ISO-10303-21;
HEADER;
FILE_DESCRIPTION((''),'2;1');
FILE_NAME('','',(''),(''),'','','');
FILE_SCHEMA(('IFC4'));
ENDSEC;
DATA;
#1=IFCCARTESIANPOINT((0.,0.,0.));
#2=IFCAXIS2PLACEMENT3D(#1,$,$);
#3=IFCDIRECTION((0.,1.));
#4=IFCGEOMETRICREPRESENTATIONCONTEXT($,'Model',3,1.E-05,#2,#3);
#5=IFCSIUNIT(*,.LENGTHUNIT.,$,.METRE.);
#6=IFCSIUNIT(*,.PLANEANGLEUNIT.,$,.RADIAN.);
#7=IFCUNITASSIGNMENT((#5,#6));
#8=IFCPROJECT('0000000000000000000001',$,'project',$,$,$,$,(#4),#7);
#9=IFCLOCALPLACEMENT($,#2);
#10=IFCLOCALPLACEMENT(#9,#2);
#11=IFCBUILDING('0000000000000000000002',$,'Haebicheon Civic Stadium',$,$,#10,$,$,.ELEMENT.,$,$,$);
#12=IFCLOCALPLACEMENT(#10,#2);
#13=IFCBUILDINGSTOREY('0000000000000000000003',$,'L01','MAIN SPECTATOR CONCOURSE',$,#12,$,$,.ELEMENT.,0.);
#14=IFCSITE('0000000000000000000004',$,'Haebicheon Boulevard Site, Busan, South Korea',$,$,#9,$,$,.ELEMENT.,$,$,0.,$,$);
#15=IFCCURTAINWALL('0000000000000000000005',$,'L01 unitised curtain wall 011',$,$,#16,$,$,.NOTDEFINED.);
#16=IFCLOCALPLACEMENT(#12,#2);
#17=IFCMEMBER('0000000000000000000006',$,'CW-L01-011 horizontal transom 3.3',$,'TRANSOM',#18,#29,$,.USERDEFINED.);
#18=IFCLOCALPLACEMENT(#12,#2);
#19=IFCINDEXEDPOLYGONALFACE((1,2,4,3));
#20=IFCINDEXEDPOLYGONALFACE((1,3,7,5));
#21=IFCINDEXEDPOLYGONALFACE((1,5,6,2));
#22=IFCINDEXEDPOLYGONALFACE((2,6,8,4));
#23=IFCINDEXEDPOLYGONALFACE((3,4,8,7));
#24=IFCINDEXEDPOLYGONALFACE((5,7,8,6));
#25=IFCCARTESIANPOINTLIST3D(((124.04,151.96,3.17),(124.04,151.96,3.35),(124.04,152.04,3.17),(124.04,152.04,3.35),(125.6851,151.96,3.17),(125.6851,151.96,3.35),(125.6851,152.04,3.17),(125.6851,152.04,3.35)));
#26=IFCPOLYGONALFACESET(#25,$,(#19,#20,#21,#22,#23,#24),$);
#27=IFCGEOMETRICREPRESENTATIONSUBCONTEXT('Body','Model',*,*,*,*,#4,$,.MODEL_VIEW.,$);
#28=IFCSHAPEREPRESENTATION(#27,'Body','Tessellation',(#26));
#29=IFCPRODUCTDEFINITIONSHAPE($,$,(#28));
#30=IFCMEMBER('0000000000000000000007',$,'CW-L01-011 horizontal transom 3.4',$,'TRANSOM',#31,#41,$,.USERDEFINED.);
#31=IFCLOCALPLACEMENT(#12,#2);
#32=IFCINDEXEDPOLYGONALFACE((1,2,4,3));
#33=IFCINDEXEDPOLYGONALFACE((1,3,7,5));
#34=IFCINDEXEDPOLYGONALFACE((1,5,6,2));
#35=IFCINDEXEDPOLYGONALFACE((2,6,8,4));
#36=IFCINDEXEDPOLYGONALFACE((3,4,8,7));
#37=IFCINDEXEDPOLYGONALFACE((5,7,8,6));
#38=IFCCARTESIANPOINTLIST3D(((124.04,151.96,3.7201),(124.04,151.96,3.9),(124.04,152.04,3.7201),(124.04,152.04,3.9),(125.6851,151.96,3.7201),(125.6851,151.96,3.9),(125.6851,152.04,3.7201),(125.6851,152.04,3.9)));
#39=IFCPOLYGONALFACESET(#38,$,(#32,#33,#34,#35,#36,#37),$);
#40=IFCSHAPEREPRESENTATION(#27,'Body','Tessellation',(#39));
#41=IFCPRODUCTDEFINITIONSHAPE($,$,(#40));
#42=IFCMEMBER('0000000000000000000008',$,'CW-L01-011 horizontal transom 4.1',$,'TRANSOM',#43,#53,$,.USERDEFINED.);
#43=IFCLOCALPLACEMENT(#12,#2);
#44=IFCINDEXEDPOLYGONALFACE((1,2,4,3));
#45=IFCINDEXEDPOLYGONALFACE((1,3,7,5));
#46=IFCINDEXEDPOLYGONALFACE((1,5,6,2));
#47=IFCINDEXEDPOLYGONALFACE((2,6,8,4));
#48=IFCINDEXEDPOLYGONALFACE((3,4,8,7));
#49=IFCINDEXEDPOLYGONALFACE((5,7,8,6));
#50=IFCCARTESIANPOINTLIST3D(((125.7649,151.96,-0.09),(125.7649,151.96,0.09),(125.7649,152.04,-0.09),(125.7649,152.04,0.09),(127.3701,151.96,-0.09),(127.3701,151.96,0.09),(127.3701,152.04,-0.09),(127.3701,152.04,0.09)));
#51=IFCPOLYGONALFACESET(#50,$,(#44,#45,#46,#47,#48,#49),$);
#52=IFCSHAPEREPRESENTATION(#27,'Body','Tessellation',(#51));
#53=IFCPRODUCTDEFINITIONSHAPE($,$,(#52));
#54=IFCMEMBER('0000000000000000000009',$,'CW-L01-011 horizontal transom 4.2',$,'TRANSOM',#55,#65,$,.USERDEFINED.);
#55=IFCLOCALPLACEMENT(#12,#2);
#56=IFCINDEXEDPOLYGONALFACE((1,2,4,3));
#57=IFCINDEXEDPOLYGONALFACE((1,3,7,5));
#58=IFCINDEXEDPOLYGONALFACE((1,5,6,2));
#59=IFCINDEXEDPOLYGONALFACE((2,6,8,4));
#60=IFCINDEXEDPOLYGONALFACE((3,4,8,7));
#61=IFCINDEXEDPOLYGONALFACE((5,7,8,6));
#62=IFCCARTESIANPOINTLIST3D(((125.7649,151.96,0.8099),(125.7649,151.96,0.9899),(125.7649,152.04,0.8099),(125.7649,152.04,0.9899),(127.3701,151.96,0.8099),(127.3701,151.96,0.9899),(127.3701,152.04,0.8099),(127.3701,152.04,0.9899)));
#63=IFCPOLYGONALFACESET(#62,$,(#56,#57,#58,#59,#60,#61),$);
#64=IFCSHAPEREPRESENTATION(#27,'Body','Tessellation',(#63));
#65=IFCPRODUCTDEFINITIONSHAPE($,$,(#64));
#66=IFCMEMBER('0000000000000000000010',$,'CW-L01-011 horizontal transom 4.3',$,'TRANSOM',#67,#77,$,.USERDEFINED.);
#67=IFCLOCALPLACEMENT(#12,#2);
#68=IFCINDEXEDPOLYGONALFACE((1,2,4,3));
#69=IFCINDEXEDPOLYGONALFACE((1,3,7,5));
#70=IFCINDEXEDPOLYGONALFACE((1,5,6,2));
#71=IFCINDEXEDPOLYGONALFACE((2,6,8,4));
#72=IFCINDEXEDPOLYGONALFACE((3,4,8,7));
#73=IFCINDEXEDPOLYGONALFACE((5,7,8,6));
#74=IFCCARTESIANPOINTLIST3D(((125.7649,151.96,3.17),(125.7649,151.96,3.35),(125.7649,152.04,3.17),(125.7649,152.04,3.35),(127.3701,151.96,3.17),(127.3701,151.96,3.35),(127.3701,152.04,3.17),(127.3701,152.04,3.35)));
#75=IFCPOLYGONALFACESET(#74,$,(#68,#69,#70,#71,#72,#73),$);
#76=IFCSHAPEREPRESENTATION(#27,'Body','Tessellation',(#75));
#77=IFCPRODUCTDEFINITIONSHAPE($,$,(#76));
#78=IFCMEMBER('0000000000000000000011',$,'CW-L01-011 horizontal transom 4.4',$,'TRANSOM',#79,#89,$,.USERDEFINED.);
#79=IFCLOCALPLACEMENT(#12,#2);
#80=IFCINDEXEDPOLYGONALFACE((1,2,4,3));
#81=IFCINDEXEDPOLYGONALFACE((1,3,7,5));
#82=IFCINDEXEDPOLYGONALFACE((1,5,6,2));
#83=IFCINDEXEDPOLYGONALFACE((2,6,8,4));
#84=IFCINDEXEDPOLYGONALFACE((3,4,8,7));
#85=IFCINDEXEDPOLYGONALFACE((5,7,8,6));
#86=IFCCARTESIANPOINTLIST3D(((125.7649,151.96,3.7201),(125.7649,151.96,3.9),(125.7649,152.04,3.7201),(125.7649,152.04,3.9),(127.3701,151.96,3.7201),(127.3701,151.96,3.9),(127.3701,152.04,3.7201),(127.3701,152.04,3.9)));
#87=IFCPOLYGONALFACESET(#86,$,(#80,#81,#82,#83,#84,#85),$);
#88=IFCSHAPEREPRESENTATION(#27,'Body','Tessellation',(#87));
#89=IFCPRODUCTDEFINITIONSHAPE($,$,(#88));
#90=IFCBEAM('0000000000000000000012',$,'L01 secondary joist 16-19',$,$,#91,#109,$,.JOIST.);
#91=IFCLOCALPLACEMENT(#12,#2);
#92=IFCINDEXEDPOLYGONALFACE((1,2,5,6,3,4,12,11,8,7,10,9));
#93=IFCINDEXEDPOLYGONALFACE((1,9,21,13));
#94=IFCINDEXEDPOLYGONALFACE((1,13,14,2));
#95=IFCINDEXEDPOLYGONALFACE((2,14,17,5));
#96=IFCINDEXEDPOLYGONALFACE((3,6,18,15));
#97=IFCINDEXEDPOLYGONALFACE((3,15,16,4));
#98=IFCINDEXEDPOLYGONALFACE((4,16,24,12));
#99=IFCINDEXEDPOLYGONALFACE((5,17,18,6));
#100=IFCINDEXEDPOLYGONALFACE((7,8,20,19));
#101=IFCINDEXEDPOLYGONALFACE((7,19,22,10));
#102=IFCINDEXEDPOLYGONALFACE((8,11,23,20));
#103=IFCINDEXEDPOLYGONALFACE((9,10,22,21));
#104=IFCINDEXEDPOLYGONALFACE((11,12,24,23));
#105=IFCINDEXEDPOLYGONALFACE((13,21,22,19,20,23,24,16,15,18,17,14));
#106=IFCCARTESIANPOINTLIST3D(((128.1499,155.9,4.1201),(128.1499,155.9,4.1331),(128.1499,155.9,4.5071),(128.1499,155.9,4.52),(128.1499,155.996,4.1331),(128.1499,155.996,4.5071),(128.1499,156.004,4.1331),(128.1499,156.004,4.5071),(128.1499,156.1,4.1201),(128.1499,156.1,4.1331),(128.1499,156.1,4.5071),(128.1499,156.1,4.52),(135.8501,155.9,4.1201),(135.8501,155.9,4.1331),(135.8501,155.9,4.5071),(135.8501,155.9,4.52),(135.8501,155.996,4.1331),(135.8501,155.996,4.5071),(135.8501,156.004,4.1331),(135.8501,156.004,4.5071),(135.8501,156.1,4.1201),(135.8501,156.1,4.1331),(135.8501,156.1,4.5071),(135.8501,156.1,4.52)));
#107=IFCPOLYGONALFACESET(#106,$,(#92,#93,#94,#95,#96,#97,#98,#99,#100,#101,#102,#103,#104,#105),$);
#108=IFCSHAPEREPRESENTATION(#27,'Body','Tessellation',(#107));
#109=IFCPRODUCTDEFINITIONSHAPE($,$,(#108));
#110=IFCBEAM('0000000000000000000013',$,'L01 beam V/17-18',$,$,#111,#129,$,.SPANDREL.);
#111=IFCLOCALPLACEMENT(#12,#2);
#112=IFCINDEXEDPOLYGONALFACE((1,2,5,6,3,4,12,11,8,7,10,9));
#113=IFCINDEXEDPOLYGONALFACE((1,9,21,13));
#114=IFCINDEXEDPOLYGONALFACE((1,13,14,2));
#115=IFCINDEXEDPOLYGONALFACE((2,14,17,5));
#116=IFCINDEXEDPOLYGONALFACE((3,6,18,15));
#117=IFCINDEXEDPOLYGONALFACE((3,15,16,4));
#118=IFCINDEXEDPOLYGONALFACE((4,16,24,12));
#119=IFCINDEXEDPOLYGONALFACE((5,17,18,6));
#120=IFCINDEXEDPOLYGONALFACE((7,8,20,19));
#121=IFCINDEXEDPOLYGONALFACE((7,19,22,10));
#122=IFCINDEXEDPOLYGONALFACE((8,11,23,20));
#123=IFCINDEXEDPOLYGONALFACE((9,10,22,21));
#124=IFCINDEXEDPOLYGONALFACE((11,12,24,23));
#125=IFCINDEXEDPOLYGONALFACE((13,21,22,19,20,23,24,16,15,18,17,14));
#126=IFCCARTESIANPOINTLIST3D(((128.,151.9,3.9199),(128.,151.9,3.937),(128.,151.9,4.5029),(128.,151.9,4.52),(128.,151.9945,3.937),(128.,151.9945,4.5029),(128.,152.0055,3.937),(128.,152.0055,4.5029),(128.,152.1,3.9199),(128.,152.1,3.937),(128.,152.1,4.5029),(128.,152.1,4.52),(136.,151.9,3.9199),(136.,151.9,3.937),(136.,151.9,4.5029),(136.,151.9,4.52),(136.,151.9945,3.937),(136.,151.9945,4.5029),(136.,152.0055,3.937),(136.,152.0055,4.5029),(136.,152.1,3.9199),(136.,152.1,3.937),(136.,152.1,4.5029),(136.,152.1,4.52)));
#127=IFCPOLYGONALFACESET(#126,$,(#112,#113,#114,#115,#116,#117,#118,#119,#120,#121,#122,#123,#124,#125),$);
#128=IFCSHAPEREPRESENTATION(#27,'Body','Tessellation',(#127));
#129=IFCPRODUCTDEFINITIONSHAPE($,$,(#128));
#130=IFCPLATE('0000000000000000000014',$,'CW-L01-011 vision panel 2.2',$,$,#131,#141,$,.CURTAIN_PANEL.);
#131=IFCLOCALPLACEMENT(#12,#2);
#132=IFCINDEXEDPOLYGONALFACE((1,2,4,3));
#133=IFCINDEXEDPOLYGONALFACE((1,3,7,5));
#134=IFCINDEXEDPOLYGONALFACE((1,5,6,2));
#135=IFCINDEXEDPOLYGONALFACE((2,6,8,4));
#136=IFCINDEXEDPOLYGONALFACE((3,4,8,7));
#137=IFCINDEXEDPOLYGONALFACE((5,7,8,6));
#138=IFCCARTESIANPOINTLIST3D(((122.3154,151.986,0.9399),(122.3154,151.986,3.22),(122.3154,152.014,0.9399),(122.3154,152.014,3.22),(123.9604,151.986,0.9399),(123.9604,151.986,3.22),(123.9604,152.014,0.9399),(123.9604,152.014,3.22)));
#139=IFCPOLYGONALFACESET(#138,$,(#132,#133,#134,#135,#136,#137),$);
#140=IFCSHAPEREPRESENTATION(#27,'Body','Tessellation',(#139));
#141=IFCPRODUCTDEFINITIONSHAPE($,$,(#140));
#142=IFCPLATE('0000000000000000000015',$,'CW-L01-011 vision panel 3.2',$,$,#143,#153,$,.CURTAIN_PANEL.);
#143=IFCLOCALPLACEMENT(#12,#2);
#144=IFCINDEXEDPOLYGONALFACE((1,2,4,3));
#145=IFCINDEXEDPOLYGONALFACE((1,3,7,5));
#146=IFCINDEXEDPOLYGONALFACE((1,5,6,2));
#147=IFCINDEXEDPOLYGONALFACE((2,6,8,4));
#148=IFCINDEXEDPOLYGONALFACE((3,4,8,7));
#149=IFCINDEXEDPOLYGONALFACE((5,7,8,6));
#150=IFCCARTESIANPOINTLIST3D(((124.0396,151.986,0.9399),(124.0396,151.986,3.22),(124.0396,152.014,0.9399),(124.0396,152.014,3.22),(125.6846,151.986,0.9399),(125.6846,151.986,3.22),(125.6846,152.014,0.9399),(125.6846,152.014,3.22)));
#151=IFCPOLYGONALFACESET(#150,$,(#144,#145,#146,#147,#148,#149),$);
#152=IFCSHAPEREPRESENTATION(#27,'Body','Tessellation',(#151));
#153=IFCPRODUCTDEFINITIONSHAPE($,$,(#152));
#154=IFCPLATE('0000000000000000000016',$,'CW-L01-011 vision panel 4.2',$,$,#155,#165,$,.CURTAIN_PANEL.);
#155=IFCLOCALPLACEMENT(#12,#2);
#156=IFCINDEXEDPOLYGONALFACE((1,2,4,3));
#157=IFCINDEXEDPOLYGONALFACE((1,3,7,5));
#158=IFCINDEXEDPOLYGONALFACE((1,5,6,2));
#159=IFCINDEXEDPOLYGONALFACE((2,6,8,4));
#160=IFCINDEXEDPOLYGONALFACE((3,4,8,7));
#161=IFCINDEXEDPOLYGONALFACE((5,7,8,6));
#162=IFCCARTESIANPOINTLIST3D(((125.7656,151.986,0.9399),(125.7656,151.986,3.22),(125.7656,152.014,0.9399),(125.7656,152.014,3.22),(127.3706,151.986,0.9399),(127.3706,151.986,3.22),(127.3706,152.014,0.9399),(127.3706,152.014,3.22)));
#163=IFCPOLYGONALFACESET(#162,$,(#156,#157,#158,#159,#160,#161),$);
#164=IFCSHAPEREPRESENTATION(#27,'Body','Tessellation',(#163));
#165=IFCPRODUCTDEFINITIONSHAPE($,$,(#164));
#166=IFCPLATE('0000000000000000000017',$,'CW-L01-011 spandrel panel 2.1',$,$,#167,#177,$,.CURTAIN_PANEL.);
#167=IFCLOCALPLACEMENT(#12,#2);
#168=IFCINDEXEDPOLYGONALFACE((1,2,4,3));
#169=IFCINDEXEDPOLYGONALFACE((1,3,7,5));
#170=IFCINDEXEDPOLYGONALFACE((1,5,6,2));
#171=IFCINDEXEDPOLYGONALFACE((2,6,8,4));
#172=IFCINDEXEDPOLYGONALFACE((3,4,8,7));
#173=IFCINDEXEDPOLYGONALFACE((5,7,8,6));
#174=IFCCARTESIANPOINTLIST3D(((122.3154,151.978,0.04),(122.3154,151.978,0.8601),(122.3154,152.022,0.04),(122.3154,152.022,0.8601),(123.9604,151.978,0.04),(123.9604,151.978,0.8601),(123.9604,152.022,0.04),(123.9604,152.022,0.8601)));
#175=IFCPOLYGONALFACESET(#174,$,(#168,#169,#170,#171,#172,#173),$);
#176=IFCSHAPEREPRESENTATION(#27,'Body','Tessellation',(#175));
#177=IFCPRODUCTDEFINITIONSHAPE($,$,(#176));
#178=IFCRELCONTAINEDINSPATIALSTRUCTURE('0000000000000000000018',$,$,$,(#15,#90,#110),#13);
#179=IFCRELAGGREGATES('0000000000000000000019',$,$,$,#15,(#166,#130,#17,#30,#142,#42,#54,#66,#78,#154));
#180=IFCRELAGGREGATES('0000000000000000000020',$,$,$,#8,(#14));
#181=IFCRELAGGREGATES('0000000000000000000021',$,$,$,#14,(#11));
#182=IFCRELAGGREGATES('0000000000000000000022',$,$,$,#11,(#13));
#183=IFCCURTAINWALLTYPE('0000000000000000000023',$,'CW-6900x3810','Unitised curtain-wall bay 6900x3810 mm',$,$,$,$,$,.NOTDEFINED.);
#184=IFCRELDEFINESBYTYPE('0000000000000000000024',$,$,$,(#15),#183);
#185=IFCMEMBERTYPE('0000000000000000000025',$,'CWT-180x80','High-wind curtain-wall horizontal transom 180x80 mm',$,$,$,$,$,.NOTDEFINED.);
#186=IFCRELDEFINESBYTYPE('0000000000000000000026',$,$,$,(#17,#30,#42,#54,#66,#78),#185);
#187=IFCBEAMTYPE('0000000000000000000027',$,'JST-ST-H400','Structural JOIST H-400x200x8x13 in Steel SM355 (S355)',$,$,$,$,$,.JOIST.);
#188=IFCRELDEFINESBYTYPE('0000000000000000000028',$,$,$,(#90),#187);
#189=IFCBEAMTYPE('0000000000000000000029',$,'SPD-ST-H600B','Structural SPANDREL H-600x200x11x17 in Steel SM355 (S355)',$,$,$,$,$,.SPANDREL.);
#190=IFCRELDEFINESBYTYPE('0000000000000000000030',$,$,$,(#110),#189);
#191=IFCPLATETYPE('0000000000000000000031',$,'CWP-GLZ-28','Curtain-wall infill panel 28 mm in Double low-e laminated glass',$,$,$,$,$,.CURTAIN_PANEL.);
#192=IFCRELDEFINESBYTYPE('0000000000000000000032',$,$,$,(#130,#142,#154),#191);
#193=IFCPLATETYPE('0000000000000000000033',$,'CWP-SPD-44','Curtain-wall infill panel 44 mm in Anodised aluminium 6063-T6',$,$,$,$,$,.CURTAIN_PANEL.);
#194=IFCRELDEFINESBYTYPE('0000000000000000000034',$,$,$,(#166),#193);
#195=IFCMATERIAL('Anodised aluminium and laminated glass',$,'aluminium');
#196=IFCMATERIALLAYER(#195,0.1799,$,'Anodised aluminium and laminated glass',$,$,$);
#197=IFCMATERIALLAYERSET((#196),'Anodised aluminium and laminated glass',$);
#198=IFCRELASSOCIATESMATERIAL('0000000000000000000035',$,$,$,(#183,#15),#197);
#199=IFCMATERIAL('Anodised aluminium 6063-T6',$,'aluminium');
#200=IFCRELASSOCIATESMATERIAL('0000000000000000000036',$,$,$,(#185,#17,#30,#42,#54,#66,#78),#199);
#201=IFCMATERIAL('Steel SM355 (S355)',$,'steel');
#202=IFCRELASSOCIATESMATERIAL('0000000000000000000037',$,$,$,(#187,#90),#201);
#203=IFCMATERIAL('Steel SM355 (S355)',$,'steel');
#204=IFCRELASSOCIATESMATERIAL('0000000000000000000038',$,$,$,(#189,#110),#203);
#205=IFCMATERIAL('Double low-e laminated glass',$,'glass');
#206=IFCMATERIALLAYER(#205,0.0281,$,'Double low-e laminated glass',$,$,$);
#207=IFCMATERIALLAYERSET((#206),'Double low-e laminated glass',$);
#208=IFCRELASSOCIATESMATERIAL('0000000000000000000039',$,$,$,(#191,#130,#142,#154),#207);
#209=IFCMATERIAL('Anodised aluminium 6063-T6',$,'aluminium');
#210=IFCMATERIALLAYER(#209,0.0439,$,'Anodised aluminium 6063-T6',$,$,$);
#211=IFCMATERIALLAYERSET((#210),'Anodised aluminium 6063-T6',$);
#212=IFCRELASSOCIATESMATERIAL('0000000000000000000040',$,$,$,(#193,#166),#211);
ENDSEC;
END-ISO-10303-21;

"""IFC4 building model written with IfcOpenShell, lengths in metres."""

from ifc_helpers import new_model, si_unit, direction, frame, origin, origin_2d, place, context, subcontext, project, spatial, rectangle, i_section, extrude, material, layer, layer_set, material_profile, profile_set, type_object, element, aggregate, save


model = new_model("IFC4")

# Units and contexts
model_context = context("Model", 3, precision=1e-05, world=origin(), true_north=direction((0.0, 1.0)))
body_context = subcontext(model_context, "Body", "Model", "MODEL_VIEW")
ifc_project = project(units=[si_unit("LENGTHUNIT", "METRE"), si_unit("PLANEANGLEUNIT", "RADIAN")], contexts=[model_context])

# Site, building, storey
site_placement = place(None, origin())
site = spatial("IfcSite", under=ifc_project, at=site_placement, Name="Haebicheon Boulevard Site, Busan, South Korea", CompositionType="ELEMENT", RefElevation=0.0)
building_placement = place(site_placement, origin())
building = spatial("IfcBuilding", under=site, at=building_placement, Name="Haebicheon Civic Stadium", CompositionType="ELEMENT")
storey_placement = place(building_placement, origin())
storey = spatial("IfcBuildingStorey", under=building, at=storey_placement, Name="L01", Description="MAIN SPECTATOR CONCOURSE", CompositionType="ELEMENT", Elevation=0.0)

# Curtain wall, members
ifc_material_1 = material(Name="Anodised aluminium and laminated glass", Category="aluminium")
ifc_layer_1 = layer(ifc_material_1, 0.1799, Name="Anodised aluminium and laminated glass")
ifc_layer_set_1 = layer_set([ifc_layer_1], Name="Anodised aluminium and laminated glass")
curtain_wall_type = type_object("IfcCurtainWallType", Name="CW-6900x3810", Description="Unitised curtain-wall bay 6900x3810 mm", PredefinedType="NOTDEFINED", material=ifc_layer_set_1)
curtain_wall_placement = place(storey_placement, origin())
curtain_wall = element("IfcCurtainWall", 1, at=curtain_wall_placement, inside=storey, type_object=curtain_wall_type, material=ifc_layer_set_1, Name="L01 unitised curtain wall 011", PredefinedType="NOTDEFINED")
ifc_material_2 = material(Name="Anodised aluminium 6063-T6", Category="aluminium")
ifc_material_profile_1 = material_profile(ifc_material_2, rectangle(XDim=0.0801, YDim=0.1799, at=origin_2d()), Name="ALU-TRAN-80x180")
ifc_profile_set_1 = profile_set([ifc_material_profile_1], Name="Anodised aluminium 6063-T6")
member_type_1 = type_object("IfcMemberType", Name="CWT-180x80", Description="High-wind curtain-wall horizontal transom 180x80 mm", PredefinedType="NOTDEFINED", material=ifc_profile_set_1)
member_1_placement = place(storey_placement, frame((124.04, 152.0, 3.26), z_axis=(1.0, 0.0, 0.0), x_axis=(0.0, 1.0, 0.0)))
member_1 = element("IfcMember", 2, at=member_1_placement, type_object=member_type_1, material=ifc_profile_set_1, Name="CW-L01-011 horizontal transom 3.3", ObjectType="TRANSOM", PredefinedType="USERDEFINED", context=body_context, shape_type="SweptSolid", body=[
    extrude(rectangle(XDim=0.0801, YDim=0.1799, at=origin_2d()), origin(), (0.0, 0.0, 1.0), 1.645),
])
member_2_placement = place(storey_placement, frame((124.04, 152.0, 3.8101), z_axis=(1.0, 0.0, 0.0), x_axis=(0.0, 1.0, 0.0)))
member_2 = element("IfcMember", 3, at=member_2_placement, type_object=member_type_1, material=ifc_profile_set_1, Name="CW-L01-011 horizontal transom 3.4", ObjectType="TRANSOM", PredefinedType="USERDEFINED", context=body_context, shape_type="SweptSolid", body=[
    extrude(rectangle(XDim=0.0801, YDim=0.1799, at=origin_2d()), origin(), (0.0, 0.0, 1.0), 1.645),
])
member_3_placement = place(storey_placement, frame((125.7649, 152.0, 0.0), z_axis=(1.0, 0.0, 0.0), x_axis=(0.0, 1.0, 0.0)))
member_3 = element("IfcMember", 4, at=member_3_placement, type_object=member_type_1, material=ifc_profile_set_1, Name="CW-L01-011 horizontal transom 4.1", ObjectType="TRANSOM", PredefinedType="USERDEFINED", context=body_context, shape_type="SweptSolid", body=[
    extrude(rectangle(XDim=0.0801, YDim=0.1799, at=origin_2d()), origin(), (0.0, 0.0, 1.0), 1.6052),
])
member_4_placement = place(storey_placement, frame((125.7649, 152.0, 0.8999), z_axis=(1.0, 0.0, 0.0), x_axis=(0.0, 1.0, 0.0)))
member_4 = element("IfcMember", 5, at=member_4_placement, type_object=member_type_1, material=ifc_profile_set_1, Name="CW-L01-011 horizontal transom 4.2", ObjectType="TRANSOM", PredefinedType="USERDEFINED", context=body_context, shape_type="SweptSolid", body=[
    extrude(rectangle(XDim=0.0801, YDim=0.1799, at=origin_2d()), origin(), (0.0, 0.0, 1.0), 1.6052),
])
member_5_placement = place(storey_placement, frame((125.7649, 152.0, 3.26), z_axis=(1.0, 0.0, 0.0), x_axis=(0.0, 1.0, 0.0)))
member_5 = element("IfcMember", 6, at=member_5_placement, type_object=member_type_1, material=ifc_profile_set_1, Name="CW-L01-011 horizontal transom 4.3", ObjectType="TRANSOM", PredefinedType="USERDEFINED", context=body_context, shape_type="SweptSolid", body=[
    extrude(rectangle(XDim=0.0801, YDim=0.1799, at=origin_2d()), origin(), (0.0, 0.0, 1.0), 1.6052),
])
member_6_placement = place(storey_placement, frame((125.7649, 152.0, 3.8101), z_axis=(1.0, 0.0, 0.0), x_axis=(0.0, 1.0, 0.0)))
member_6 = element("IfcMember", 7, at=member_6_placement, type_object=member_type_1, material=ifc_profile_set_1, Name="CW-L01-011 horizontal transom 4.4", ObjectType="TRANSOM", PredefinedType="USERDEFINED", context=body_context, shape_type="SweptSolid", body=[
    extrude(rectangle(XDim=0.0801, YDim=0.1799, at=origin_2d()), origin(), (0.0, 0.0, 1.0), 1.6052),
])

# Beams
ifc_material_3 = material(Name="Steel SM355 (S355)", Category="steel")
ifc_material_profile_2 = material_profile(ifc_material_3, i_section(OverallWidth=0.2, OverallDepth=0.3999, WebThickness=0.0081, FlangeThickness=0.0129, at=origin_2d()), Name="H-400x200x8x13")
ifc_profile_set_2 = profile_set([ifc_material_profile_2], Name="Steel SM355 (S355)")
beam_type_1 = type_object("IfcBeamType", Name="JST-ST-H400", Description="Structural JOIST H-400x200x8x13 in Steel SM355 (S355)", PredefinedType="JOIST", material=ifc_profile_set_2)
beam_1_placement = place(storey_placement, frame((128.1499, 156.0, 4.3201), z_axis=(1.0, 0.0, 0.0), x_axis=(0.0, 1.0, 0.0)))
element("IfcBeam", 8, at=beam_1_placement, inside=storey, type_object=beam_type_1, material=ifc_profile_set_2, Name="L01 secondary joist 16-19", PredefinedType="JOIST", context=body_context, shape_type="SweptSolid", body=[
    extrude(i_section(OverallWidth=0.2, OverallDepth=0.3999, WebThickness=0.0081, FlangeThickness=0.0129, at=origin_2d()), origin(), (0.0, 0.0, 1.0), 7.7002),
])
ifc_material_4 = material(Name="Steel SM355 (S355)", Category="steel")
ifc_material_profile_3 = material_profile(ifc_material_4, i_section(OverallWidth=0.2, OverallDepth=0.6001, WebThickness=0.011, FlangeThickness=0.0171, at=origin_2d()), Name="H-600x200x11x17")
ifc_profile_set_3 = profile_set([ifc_material_profile_3], Name="Steel SM355 (S355)")
beam_type_2 = type_object("IfcBeamType", Name="SPD-ST-H600B", Description="Structural SPANDREL H-600x200x11x17 in Steel SM355 (S355)", PredefinedType="SPANDREL", material=ifc_profile_set_3)
beam_2_placement = place(storey_placement, frame((128.0, 152.0, 4.22), z_axis=(1.0, 0.0, 0.0), x_axis=(0.0, 1.0, 0.0)))
element("IfcBeam", 9, at=beam_2_placement, inside=storey, type_object=beam_type_2, material=ifc_profile_set_3, Name="L01 beam V/17-18", PredefinedType="SPANDREL", context=body_context, shape_type="SweptSolid", body=[
    extrude(i_section(OverallWidth=0.2, OverallDepth=0.6001, WebThickness=0.011, FlangeThickness=0.0171, at=origin_2d()), origin(), (0.0, 0.0, 1.0), 8.0),
])

# Plates
ifc_material_5 = material(Name="Double low-e laminated glass", Category="glass")
ifc_layer_2 = layer(ifc_material_5, 0.0281, Name="Double low-e laminated glass")
ifc_layer_set_2 = layer_set([ifc_layer_2], Name="Double low-e laminated glass")
plate_type_1 = type_object("IfcPlateType", Name="CWP-GLZ-28", Description="Curtain-wall infill panel 28 mm in Double low-e laminated glass", PredefinedType="CURTAIN_PANEL", material=ifc_layer_set_2)
plate_1_placement = place(storey_placement, frame((123.1379, 152.0, 0.9399), z_axis=(0.0, 0.0, 1.0), x_axis=(1.0, 0.0, 0.0)))
plate_1 = element("IfcPlate", 10, at=plate_1_placement, type_object=plate_type_1, material=ifc_layer_set_2, Name="CW-L01-011 vision panel 2.2", PredefinedType="CURTAIN_PANEL", context=body_context, shape_type="SweptSolid", body=[
    extrude(rectangle(XDim=1.645, YDim=0.0281, at=origin_2d()), origin(), (0.0, 0.0, 1.0), 2.28),
])
plate_2_placement = place(storey_placement, frame((124.8621, 152.0, 0.9399), z_axis=(0.0, 0.0, 1.0), x_axis=(1.0, 0.0, 0.0)))
plate_2 = element("IfcPlate", 11, at=plate_2_placement, type_object=plate_type_1, material=ifc_layer_set_2, Name="CW-L01-011 vision panel 3.2", PredefinedType="CURTAIN_PANEL", context=body_context, shape_type="SweptSolid", body=[
    extrude(rectangle(XDim=1.645, YDim=0.0281, at=origin_2d()), origin(), (0.0, 0.0, 1.0), 2.28),
])
plate_3_placement = place(storey_placement, frame((126.5681, 152.0, 0.9399), z_axis=(0.0, 0.0, 1.0), x_axis=(1.0, 0.0, 0.0)))
plate_3 = element("IfcPlate", 12, at=plate_3_placement, type_object=plate_type_1, material=ifc_layer_set_2, Name="CW-L01-011 vision panel 4.2", PredefinedType="CURTAIN_PANEL", context=body_context, shape_type="SweptSolid", body=[
    extrude(rectangle(XDim=1.605, YDim=0.0281, at=origin_2d()), origin(), (0.0, 0.0, 1.0), 2.28),
])
ifc_material_6 = material(Name="Anodised aluminium 6063-T6", Category="aluminium")
ifc_layer_3 = layer(ifc_material_6, 0.0439, Name="Anodised aluminium 6063-T6")
ifc_layer_set_3 = layer_set([ifc_layer_3], Name="Anodised aluminium 6063-T6")
plate_type_2 = type_object("IfcPlateType", Name="CWP-SPD-44", Description="Curtain-wall infill panel 44 mm in Anodised aluminium 6063-T6", PredefinedType="CURTAIN_PANEL", material=ifc_layer_set_3)
plate_4_placement = place(storey_placement, frame((123.1379, 152.0, 0.04), z_axis=(0.0, 0.0, 1.0), x_axis=(1.0, 0.0, 0.0)))
plate_4 = element("IfcPlate", 13, at=plate_4_placement, type_object=plate_type_2, material=ifc_layer_set_3, Name="CW-L01-011 spandrel panel 2.1", PredefinedType="CURTAIN_PANEL", context=body_context, shape_type="SweptSolid", body=[
    extrude(rectangle(XDim=1.645, YDim=0.0439, at=origin_2d()), origin(), (0.0, 0.0, 1.0), 0.8201),
])
aggregate(curtain_wall, [plate_4, plate_1, member_1, member_2, plate_2, member_3, member_4, member_5, member_6, plate_3])

save(model, "model.ifc")
